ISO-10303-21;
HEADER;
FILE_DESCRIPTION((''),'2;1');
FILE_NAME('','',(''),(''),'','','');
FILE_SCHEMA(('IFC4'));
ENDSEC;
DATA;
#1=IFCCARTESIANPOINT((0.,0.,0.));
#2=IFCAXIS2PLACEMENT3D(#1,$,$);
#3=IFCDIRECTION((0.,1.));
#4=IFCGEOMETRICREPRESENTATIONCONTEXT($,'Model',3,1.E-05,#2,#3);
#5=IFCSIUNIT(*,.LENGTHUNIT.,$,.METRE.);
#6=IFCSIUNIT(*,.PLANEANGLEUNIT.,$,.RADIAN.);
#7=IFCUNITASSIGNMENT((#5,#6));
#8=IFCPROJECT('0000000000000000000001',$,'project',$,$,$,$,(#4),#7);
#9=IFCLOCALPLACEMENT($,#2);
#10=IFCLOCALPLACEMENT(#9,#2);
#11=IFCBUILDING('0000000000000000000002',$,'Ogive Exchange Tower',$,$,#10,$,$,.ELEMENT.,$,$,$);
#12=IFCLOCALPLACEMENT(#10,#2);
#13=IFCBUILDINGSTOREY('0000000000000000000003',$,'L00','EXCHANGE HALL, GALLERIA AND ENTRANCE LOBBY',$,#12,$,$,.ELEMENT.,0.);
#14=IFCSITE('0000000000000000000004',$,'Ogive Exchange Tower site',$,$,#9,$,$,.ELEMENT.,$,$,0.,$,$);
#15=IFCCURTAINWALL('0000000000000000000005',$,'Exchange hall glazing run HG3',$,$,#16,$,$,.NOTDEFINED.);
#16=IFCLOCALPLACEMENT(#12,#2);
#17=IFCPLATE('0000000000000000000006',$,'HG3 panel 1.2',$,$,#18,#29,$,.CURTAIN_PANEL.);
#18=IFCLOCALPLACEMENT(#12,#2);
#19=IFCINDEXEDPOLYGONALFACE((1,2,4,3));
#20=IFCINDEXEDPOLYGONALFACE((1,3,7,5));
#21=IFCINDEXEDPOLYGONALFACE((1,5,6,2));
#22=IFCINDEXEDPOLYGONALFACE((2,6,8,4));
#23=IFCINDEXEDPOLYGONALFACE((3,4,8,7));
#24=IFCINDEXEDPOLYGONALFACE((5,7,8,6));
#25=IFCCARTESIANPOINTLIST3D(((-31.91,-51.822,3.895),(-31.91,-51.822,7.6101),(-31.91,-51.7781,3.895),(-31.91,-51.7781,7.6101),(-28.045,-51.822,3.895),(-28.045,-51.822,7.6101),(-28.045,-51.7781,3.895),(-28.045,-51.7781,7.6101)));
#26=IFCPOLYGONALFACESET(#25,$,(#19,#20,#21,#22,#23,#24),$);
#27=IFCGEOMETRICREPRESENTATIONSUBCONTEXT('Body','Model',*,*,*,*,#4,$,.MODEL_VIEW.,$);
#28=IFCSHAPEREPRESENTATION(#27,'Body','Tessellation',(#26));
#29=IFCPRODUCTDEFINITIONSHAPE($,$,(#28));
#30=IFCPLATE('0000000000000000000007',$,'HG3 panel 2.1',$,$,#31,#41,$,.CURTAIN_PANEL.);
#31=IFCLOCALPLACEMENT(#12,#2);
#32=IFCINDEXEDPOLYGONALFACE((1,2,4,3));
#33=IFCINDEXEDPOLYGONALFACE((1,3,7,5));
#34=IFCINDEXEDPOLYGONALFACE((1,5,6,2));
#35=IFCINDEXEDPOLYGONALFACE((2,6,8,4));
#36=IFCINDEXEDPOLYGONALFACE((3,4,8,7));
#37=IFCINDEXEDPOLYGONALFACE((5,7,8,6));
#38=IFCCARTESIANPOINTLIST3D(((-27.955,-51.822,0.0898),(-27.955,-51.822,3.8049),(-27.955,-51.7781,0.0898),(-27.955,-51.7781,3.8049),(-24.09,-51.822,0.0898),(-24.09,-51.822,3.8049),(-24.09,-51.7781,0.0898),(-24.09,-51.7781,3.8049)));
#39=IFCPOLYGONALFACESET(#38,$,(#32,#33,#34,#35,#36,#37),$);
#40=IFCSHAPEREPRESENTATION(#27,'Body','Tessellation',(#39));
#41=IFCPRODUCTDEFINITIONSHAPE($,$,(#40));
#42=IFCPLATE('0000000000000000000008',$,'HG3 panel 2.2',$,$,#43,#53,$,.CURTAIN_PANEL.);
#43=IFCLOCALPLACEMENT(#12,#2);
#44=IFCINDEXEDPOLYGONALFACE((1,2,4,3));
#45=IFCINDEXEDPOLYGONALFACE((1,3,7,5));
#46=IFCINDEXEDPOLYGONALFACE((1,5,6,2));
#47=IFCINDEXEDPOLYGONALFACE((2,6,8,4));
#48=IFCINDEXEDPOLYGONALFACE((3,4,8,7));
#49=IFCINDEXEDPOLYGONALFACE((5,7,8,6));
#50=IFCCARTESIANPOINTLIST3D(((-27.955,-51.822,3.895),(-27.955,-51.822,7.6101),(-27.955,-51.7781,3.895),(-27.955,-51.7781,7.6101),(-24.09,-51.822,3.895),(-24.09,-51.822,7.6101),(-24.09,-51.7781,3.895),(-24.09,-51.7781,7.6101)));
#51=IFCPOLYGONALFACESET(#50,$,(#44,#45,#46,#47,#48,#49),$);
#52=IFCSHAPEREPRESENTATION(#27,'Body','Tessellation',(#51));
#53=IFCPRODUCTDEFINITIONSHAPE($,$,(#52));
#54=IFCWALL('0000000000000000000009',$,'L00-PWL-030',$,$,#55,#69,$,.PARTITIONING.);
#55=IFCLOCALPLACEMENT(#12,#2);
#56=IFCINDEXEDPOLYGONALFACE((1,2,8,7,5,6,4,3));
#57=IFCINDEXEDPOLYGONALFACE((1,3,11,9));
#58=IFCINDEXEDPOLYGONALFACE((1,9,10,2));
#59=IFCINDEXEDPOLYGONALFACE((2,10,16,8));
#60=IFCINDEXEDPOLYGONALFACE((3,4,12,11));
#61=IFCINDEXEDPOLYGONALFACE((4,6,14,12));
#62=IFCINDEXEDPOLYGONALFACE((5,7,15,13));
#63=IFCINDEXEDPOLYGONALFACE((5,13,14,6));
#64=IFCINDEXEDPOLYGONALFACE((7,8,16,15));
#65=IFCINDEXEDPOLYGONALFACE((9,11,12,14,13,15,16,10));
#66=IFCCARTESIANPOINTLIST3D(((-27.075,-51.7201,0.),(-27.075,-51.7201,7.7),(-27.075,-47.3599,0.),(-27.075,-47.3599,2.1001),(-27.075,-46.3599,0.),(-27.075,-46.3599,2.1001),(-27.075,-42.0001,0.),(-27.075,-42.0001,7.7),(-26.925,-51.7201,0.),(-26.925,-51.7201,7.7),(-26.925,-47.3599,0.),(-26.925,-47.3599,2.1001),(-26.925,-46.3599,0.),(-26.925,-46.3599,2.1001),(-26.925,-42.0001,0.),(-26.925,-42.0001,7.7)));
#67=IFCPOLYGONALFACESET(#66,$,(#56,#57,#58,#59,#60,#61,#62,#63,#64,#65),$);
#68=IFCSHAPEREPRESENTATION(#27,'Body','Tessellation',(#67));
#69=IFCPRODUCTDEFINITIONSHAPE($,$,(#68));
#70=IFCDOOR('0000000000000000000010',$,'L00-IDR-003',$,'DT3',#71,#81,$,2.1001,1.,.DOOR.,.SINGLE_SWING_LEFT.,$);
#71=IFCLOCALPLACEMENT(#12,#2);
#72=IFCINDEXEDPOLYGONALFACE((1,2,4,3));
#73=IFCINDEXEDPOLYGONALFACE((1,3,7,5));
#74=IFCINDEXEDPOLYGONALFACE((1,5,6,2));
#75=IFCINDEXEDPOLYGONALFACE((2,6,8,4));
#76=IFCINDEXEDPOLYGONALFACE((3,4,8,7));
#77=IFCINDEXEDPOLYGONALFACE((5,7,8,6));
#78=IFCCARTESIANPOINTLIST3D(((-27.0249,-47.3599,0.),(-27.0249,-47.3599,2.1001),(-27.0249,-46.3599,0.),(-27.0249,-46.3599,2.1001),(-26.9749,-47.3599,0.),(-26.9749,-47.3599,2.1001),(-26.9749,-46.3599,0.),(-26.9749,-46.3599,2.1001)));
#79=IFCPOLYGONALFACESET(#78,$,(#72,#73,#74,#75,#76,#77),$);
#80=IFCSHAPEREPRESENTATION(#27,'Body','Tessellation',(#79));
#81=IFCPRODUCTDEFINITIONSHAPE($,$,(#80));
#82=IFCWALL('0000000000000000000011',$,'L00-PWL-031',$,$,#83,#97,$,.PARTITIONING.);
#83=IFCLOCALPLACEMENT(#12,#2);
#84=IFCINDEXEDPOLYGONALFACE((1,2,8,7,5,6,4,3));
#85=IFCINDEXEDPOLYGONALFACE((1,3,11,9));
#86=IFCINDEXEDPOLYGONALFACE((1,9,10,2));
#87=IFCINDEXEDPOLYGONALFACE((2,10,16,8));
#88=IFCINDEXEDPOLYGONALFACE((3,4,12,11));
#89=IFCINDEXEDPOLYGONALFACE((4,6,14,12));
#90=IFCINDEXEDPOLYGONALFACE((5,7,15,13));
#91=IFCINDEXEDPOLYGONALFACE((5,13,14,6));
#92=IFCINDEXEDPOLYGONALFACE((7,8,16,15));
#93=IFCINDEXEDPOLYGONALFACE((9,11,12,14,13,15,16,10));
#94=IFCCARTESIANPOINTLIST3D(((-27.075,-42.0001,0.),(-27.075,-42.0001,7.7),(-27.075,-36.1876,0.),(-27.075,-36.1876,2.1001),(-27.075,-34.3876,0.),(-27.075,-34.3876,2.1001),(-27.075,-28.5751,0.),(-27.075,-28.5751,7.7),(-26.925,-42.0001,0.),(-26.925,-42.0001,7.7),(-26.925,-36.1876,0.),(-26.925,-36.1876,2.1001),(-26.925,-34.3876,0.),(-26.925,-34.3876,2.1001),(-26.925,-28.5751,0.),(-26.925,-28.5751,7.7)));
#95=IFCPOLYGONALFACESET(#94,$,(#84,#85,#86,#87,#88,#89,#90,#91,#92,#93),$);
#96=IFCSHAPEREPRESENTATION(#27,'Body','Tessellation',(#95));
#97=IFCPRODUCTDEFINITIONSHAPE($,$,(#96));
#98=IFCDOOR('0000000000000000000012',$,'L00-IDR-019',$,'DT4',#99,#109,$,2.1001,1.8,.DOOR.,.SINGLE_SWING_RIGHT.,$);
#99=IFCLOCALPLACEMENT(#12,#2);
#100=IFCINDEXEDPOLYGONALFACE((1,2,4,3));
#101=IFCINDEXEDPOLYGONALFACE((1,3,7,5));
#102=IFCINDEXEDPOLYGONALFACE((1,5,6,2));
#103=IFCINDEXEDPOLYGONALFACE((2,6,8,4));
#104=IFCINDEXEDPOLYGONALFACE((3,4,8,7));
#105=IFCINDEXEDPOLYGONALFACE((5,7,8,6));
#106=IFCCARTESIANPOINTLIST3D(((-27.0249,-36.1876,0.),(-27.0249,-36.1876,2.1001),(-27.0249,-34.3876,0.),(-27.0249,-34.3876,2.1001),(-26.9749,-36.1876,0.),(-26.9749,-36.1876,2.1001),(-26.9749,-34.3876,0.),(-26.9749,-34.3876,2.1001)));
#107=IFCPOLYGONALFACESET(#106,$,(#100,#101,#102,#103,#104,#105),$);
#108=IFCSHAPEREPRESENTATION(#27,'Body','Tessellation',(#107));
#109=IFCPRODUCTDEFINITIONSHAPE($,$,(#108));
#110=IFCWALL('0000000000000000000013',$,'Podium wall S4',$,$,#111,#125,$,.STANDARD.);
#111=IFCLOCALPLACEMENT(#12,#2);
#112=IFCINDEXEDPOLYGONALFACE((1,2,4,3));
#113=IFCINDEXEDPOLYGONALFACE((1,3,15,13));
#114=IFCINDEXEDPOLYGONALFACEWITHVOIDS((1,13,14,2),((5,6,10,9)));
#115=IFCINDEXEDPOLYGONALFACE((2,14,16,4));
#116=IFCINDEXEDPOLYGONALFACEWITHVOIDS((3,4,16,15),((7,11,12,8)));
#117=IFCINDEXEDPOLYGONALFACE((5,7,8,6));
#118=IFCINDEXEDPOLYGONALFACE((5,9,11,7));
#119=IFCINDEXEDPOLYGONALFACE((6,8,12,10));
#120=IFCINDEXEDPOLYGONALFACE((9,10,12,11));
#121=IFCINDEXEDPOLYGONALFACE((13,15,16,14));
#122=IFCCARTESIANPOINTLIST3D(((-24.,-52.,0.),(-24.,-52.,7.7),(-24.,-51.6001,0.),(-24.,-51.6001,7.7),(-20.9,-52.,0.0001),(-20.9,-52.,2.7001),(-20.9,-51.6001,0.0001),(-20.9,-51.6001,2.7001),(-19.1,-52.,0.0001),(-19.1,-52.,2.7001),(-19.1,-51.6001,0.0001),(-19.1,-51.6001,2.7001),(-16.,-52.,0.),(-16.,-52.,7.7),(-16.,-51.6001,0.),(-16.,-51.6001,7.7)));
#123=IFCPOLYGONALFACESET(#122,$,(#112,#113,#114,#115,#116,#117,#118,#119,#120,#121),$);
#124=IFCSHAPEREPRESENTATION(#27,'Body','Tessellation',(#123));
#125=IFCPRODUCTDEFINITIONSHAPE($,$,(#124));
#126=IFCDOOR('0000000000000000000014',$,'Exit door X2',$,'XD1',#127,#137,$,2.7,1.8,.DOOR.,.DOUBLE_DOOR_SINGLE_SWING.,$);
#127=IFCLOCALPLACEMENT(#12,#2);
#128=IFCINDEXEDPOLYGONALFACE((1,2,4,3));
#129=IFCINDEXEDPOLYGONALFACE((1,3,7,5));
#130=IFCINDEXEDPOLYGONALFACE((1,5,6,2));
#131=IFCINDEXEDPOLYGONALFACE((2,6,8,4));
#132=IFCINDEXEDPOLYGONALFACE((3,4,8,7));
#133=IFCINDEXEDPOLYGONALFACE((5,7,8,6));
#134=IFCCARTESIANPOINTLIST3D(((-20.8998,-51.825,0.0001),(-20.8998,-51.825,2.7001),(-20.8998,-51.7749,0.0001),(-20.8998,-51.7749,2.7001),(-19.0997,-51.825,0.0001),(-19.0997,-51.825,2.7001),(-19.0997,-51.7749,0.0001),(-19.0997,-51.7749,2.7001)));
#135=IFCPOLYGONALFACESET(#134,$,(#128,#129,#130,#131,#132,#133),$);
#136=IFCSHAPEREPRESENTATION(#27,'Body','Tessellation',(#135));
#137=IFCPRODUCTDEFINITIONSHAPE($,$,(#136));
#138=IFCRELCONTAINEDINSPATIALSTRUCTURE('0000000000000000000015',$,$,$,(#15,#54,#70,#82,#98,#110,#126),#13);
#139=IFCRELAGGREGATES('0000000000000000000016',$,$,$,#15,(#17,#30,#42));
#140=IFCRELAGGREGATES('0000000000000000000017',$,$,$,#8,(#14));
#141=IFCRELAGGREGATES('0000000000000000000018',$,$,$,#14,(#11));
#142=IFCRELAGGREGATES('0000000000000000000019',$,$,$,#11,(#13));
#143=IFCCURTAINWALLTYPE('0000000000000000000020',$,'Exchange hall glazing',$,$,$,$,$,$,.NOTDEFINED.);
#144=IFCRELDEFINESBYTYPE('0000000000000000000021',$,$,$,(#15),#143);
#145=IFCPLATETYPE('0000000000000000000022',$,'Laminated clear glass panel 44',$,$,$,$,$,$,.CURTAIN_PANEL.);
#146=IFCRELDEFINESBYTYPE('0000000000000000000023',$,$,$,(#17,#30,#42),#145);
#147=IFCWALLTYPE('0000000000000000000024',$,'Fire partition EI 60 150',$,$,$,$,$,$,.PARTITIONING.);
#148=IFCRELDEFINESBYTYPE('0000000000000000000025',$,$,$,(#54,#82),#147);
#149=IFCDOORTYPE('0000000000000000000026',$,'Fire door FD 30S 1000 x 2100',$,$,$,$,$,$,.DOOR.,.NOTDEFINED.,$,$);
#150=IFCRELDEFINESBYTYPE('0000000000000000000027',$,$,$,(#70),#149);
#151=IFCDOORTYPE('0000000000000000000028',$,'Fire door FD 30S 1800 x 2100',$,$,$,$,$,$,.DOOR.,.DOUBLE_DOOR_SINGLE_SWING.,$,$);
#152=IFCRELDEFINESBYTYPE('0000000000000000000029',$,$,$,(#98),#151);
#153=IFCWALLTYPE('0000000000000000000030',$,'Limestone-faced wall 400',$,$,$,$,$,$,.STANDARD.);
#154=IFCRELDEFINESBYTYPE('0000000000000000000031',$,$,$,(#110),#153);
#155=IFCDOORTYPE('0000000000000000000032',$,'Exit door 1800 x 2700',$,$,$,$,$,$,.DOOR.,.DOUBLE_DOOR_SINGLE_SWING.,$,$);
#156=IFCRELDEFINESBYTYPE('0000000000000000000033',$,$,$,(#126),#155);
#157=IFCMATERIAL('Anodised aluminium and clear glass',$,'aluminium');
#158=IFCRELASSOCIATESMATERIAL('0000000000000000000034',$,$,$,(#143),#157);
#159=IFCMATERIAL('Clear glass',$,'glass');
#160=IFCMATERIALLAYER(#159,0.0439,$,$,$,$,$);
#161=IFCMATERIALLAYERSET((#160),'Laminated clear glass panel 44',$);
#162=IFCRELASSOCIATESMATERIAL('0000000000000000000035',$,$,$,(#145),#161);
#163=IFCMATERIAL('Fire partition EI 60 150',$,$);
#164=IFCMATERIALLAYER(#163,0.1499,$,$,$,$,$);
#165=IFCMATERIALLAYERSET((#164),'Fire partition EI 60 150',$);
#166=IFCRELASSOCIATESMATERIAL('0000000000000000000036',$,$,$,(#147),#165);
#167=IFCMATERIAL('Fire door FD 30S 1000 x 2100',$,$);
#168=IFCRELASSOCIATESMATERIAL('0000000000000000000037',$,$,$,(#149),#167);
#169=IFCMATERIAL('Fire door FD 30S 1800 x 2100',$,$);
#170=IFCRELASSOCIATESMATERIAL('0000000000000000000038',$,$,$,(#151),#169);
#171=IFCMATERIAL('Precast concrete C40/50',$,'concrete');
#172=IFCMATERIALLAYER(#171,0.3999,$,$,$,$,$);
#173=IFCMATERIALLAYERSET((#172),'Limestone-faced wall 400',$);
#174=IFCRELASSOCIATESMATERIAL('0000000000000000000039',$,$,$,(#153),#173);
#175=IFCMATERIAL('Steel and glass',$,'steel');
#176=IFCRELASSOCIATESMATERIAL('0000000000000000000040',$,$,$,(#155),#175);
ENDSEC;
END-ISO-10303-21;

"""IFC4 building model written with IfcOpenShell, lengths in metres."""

from ifc_helpers import new_model, si_unit, direction, frame, frame_2d, origin, origin_2d, place, context, subcontext, project, spatial, rectangle, extrude, material, layer, layer_set, type_object, element, fill, aggregate, save


model = new_model("IFC4")

# Units and contexts
model_context = context("Model", 3, precision=1e-05, world=origin(), true_north=direction((0.0, 1.0)))
body_context = subcontext(model_context, "Body", "Model", "MODEL_VIEW")
ifc_project = project(units=[si_unit("LENGTHUNIT", "METRE"), si_unit("PLANEANGLEUNIT", "RADIAN")], contexts=[model_context])

# Site, building, storey
site_placement = place(None, origin())
site = spatial("IfcSite", under=ifc_project, at=site_placement, Name="Ogive Exchange Tower site", CompositionType="ELEMENT", RefElevation=0.0)
building_placement = place(site_placement, origin())
building = spatial("IfcBuilding", under=site, at=building_placement, Name="Ogive Exchange Tower", CompositionType="ELEMENT")
storey_placement = place(building_placement, origin())
storey = spatial("IfcBuildingStorey", under=building, at=storey_placement, Name="L00", Description="EXCHANGE HALL, GALLERIA AND ENTRANCE LOBBY", CompositionType="ELEMENT", Elevation=0.0)

# Curtain wall
ifc_material_1 = material(Name="Anodised aluminium and clear glass", Category="aluminium")
curtain_wall_type = type_object("IfcCurtainWallType", Name="Exchange hall glazing", PredefinedType="NOTDEFINED", material=ifc_material_1)
curtain_wall_placement = place(storey_placement, origin())
curtain_wall = element("IfcCurtainWall", 1, at=curtain_wall_placement, inside=storey, type_object=curtain_wall_type, Name="Exchange hall glazing run HG3", PredefinedType="NOTDEFINED")

# Plates
ifc_material_2 = material(Name="Clear glass", Category="glass")
ifc_layer_1 = layer(ifc_material_2, 0.0439)
ifc_layer_set_1 = layer_set([ifc_layer_1], Name="Laminated clear glass panel 44")
plate_type = type_object("IfcPlateType", Name="Laminated clear glass panel 44", PredefinedType="CURTAIN_PANEL", material=ifc_layer_set_1)
plate_1_placement = place(storey_placement, frame((-29.9775, -51.8, 3.895), z_axis=(0.0, 0.0, 1.0), x_axis=(1.0, 0.0, 0.0)))
plate_1 = element("IfcPlate", 2, at=plate_1_placement, type_object=plate_type, Name="HG3 panel 1.2", PredefinedType="CURTAIN_PANEL", context=body_context, shape_type="SweptSolid", body=[
    extrude(rectangle(XDim=3.865, YDim=0.0439, at=origin_2d()), origin(), (0.0, 0.0, 1.0), 3.7151),
])
plate_2_placement = place(storey_placement, frame((-26.0225, -51.8, 0.0898), z_axis=(0.0, 0.0, 1.0), x_axis=(1.0, 0.0, 0.0)))
plate_2 = element("IfcPlate", 3, at=plate_2_placement, type_object=plate_type, Name="HG3 panel 2.1", PredefinedType="CURTAIN_PANEL", context=body_context, shape_type="SweptSolid", body=[
    extrude(rectangle(XDim=3.865, YDim=0.0439, at=origin_2d()), origin(), (0.0, 0.0, 1.0), 3.7151),
])
plate_3_placement = place(storey_placement, frame((-26.0225, -51.8, 3.895), z_axis=(0.0, 0.0, 1.0), x_axis=(1.0, 0.0, 0.0)))
plate_3 = element("IfcPlate", 4, at=plate_3_placement, type_object=plate_type, Name="HG3 panel 2.2", PredefinedType="CURTAIN_PANEL", context=body_context, shape_type="SweptSolid", body=[
    extrude(rectangle(XDim=3.865, YDim=0.0439, at=origin_2d()), origin(), (0.0, 0.0, 1.0), 3.7151),
])
aggregate(curtain_wall, [plate_1, plate_2, plate_3])

# Walls, openings, doors
ifc_material_3 = material(Name="Fire partition EI 60 150")
ifc_layer_2 = layer(ifc_material_3, 0.1499)
ifc_layer_set_2 = layer_set([ifc_layer_2], Name="Fire partition EI 60 150")
wall_type_1 = type_object("IfcWallType", Name="Fire partition EI 60 150", PredefinedType="PARTITIONING", material=ifc_layer_set_2)
wall_1_placement = place(storey_placement, frame((-27.0, -51.72, 0.0), z_axis=(0.0, 0.0, 1.0), x_axis=(0.0, 1.0, 0.0)))
wall_1 = element("IfcWall", 5, at=wall_1_placement, inside=storey, type_object=wall_type_1, Name="L00-PWL-030", PredefinedType="PARTITIONING", context=body_context, shape_type="SweptSolid", body=[
    extrude(rectangle(XDim=9.72, YDim=0.1499, at=frame_2d((4.8599, 0.0))), origin(), (0.0, 0.0, 1.0), 7.7),
])
opening_1_placement = place(wall_1_placement, frame((4.3601, 0.0, 0.0)))
opening_1 = element("IfcOpeningElement", 6, at=opening_1_placement, cuts=wall_1, PredefinedType="OPENING", context=body_context, shape_type="SweptSolid", body=[
    extrude(rectangle(XDim=1.0, YDim=2.1001, at=frame_2d((0.5, 1.05))), frame((0.0, 0.085, 0.0), z_axis=(0.0, -1.0, 0.0), x_axis=(1.0, 0.0, 0.0)), (0.0, 0.0, 1.0), 0.1699),
])
ifc_material_4 = material(Name="Fire door FD 30S 1000 x 2100")
door_type_1 = type_object("IfcDoorType", Name="Fire door FD 30S 1000 x 2100", OperationType="NOTDEFINED", PredefinedType="DOOR", material=ifc_material_4)
door_1_placement = place(opening_1_placement, origin())
door_1 = element("IfcDoor", 7, at=door_1_placement, inside=storey, type_object=door_type_1, Name="L00-IDR-003", ObjectType="DT3", OperationType="SINGLE_SWING_LEFT", OverallHeight=2.1001, OverallWidth=1.0, PredefinedType="DOOR", context=body_context, shape_type="SweptSolid", body=[
    extrude(rectangle(XDim=1.0, YDim=2.1001, at=frame_2d((0.5, 1.05))), frame((0.0, 0.0249, 0.0), z_axis=(0.0, -1.0, 0.0), x_axis=(1.0, 0.0, 0.0)), (0.0, 0.0, 1.0), 0.05),
])
fill(opening_1, door_1)
wall_2_placement = place(storey_placement, frame((-27.0, -42.0, 0.0), z_axis=(0.0, 0.0, 1.0), x_axis=(0.0, 1.0, 0.0)))
wall_2 = element("IfcWall", 8, at=wall_2_placement, inside=storey, type_object=wall_type_1, Name="L00-PWL-031", PredefinedType="PARTITIONING", context=body_context, shape_type="SweptSolid", body=[
    extrude(rectangle(XDim=13.425, YDim=0.1499, at=frame_2d((6.7124, 0.0))), origin(), (0.0, 0.0, 1.0), 7.7),
])
opening_2_placement = place(wall_2_placement, frame((5.8125, 0.0, 0.0)))
opening_2 = element("IfcOpeningElement", 9, at=opening_2_placement, cuts=wall_2, PredefinedType="OPENING", context=body_context, shape_type="SweptSolid", body=[
    extrude(rectangle(XDim=1.8, YDim=2.1001, at=frame_2d((0.8999, 1.05))), frame((0.0, 0.085, 0.0), z_axis=(0.0, -1.0, 0.0), x_axis=(1.0, 0.0, 0.0)), (0.0, 0.0, 1.0), 0.1699),
])
ifc_material_5 = material(Name="Fire door FD 30S 1800 x 2100")
door_type_2 = type_object("IfcDoorType", Name="Fire door FD 30S 1800 x 2100", OperationType="DOUBLE_DOOR_SINGLE_SWING", PredefinedType="DOOR", material=ifc_material_5)
door_2_placement = place(opening_2_placement, origin())
door_2 = element("IfcDoor", 10, at=door_2_placement, inside=storey, type_object=door_type_2, Name="L00-IDR-019", ObjectType="DT4", OperationType="SINGLE_SWING_RIGHT", OverallHeight=2.1001, OverallWidth=1.8, PredefinedType="DOOR", context=body_context, shape_type="SweptSolid", body=[
    extrude(rectangle(XDim=1.8, YDim=2.1001, at=frame_2d((0.8999, 1.05))), frame((0.0, 0.0249, 0.0), z_axis=(0.0, -1.0, 0.0), x_axis=(1.0, 0.0, 0.0)), (0.0, 0.0, 1.0), 0.05),
])
fill(opening_2, door_2)
ifc_material_6 = material(Name="Precast concrete C40/50", Category="concrete")
ifc_layer_3 = layer(ifc_material_6, 0.3999)
ifc_layer_set_3 = layer_set([ifc_layer_3], Name="Limestone-faced wall 400")
wall_type_2 = type_object("IfcWallType", Name="Limestone-faced wall 400", PredefinedType="STANDARD", material=ifc_layer_set_3)
wall_3_placement = place(storey_placement, frame((-24.0, -51.8, 0.0), z_axis=(0.0, 0.0, 1.0), x_axis=(1.0, 0.0, 0.0)))
wall_3 = element("IfcWall", 11, at=wall_3_placement, inside=storey, type_object=wall_type_2, Name="Podium wall S4", PredefinedType="STANDARD", context=body_context, shape_type="SweptSolid", body=[
    extrude(rectangle(XDim=8.0, YDim=0.3999, at=frame_2d((4.0, 0.0))), origin(), (0.0, 0.0, 1.0), 7.7),
])
opening_3_placement = place(wall_3_placement, frame((3.1001, 0.0, 0.0)))
opening_3 = element("IfcOpeningElement", 12, at=opening_3_placement, cuts=wall_3, PredefinedType="OPENING", context=body_context, shape_type="SweptSolid", body=[
    extrude(rectangle(XDim=1.8, YDim=2.7, at=frame_2d((0.8999, 1.3501))), frame((0.0, 0.21, 0.0), z_axis=(0.0, -1.0, 0.0), x_axis=(1.0, 0.0, 0.0)), (0.0, 0.0, 1.0), 0.4199),
])
ifc_material_7 = material(Name="Steel and glass", Category="steel")
door_type_3 = type_object("IfcDoorType", Name="Exit door 1800 x 2700", OperationType="DOUBLE_DOOR_SINGLE_SWING", PredefinedType="DOOR", material=ifc_material_7)
door_3_placement = place(opening_3_placement, frame((1.8, 0.0, 0.0), z_axis=(0.0, 0.0, 1.0), x_axis=(-1.0, 0.0, 0.0)))
door_3 = element("IfcDoor", 13, at=door_3_placement, inside=storey, type_object=door_type_3, Name="Exit door X2", ObjectType="XD1", OperationType="DOUBLE_DOOR_SINGLE_SWING", OverallHeight=2.7, OverallWidth=1.8, PredefinedType="DOOR", context=body_context, shape_type="SweptSolid", body=[
    extrude(rectangle(XDim=1.8, YDim=2.7, at=frame_2d((0.8999, 1.3501))), frame((0.0, 0.0249, 0.0), z_axis=(0.0, -1.0, 0.0), x_axis=(1.0, 0.0, 0.0)), (0.0, 0.0, 1.0), 0.05),
])
fill(opening_3, door_3)

save(model, "model.ifc")
